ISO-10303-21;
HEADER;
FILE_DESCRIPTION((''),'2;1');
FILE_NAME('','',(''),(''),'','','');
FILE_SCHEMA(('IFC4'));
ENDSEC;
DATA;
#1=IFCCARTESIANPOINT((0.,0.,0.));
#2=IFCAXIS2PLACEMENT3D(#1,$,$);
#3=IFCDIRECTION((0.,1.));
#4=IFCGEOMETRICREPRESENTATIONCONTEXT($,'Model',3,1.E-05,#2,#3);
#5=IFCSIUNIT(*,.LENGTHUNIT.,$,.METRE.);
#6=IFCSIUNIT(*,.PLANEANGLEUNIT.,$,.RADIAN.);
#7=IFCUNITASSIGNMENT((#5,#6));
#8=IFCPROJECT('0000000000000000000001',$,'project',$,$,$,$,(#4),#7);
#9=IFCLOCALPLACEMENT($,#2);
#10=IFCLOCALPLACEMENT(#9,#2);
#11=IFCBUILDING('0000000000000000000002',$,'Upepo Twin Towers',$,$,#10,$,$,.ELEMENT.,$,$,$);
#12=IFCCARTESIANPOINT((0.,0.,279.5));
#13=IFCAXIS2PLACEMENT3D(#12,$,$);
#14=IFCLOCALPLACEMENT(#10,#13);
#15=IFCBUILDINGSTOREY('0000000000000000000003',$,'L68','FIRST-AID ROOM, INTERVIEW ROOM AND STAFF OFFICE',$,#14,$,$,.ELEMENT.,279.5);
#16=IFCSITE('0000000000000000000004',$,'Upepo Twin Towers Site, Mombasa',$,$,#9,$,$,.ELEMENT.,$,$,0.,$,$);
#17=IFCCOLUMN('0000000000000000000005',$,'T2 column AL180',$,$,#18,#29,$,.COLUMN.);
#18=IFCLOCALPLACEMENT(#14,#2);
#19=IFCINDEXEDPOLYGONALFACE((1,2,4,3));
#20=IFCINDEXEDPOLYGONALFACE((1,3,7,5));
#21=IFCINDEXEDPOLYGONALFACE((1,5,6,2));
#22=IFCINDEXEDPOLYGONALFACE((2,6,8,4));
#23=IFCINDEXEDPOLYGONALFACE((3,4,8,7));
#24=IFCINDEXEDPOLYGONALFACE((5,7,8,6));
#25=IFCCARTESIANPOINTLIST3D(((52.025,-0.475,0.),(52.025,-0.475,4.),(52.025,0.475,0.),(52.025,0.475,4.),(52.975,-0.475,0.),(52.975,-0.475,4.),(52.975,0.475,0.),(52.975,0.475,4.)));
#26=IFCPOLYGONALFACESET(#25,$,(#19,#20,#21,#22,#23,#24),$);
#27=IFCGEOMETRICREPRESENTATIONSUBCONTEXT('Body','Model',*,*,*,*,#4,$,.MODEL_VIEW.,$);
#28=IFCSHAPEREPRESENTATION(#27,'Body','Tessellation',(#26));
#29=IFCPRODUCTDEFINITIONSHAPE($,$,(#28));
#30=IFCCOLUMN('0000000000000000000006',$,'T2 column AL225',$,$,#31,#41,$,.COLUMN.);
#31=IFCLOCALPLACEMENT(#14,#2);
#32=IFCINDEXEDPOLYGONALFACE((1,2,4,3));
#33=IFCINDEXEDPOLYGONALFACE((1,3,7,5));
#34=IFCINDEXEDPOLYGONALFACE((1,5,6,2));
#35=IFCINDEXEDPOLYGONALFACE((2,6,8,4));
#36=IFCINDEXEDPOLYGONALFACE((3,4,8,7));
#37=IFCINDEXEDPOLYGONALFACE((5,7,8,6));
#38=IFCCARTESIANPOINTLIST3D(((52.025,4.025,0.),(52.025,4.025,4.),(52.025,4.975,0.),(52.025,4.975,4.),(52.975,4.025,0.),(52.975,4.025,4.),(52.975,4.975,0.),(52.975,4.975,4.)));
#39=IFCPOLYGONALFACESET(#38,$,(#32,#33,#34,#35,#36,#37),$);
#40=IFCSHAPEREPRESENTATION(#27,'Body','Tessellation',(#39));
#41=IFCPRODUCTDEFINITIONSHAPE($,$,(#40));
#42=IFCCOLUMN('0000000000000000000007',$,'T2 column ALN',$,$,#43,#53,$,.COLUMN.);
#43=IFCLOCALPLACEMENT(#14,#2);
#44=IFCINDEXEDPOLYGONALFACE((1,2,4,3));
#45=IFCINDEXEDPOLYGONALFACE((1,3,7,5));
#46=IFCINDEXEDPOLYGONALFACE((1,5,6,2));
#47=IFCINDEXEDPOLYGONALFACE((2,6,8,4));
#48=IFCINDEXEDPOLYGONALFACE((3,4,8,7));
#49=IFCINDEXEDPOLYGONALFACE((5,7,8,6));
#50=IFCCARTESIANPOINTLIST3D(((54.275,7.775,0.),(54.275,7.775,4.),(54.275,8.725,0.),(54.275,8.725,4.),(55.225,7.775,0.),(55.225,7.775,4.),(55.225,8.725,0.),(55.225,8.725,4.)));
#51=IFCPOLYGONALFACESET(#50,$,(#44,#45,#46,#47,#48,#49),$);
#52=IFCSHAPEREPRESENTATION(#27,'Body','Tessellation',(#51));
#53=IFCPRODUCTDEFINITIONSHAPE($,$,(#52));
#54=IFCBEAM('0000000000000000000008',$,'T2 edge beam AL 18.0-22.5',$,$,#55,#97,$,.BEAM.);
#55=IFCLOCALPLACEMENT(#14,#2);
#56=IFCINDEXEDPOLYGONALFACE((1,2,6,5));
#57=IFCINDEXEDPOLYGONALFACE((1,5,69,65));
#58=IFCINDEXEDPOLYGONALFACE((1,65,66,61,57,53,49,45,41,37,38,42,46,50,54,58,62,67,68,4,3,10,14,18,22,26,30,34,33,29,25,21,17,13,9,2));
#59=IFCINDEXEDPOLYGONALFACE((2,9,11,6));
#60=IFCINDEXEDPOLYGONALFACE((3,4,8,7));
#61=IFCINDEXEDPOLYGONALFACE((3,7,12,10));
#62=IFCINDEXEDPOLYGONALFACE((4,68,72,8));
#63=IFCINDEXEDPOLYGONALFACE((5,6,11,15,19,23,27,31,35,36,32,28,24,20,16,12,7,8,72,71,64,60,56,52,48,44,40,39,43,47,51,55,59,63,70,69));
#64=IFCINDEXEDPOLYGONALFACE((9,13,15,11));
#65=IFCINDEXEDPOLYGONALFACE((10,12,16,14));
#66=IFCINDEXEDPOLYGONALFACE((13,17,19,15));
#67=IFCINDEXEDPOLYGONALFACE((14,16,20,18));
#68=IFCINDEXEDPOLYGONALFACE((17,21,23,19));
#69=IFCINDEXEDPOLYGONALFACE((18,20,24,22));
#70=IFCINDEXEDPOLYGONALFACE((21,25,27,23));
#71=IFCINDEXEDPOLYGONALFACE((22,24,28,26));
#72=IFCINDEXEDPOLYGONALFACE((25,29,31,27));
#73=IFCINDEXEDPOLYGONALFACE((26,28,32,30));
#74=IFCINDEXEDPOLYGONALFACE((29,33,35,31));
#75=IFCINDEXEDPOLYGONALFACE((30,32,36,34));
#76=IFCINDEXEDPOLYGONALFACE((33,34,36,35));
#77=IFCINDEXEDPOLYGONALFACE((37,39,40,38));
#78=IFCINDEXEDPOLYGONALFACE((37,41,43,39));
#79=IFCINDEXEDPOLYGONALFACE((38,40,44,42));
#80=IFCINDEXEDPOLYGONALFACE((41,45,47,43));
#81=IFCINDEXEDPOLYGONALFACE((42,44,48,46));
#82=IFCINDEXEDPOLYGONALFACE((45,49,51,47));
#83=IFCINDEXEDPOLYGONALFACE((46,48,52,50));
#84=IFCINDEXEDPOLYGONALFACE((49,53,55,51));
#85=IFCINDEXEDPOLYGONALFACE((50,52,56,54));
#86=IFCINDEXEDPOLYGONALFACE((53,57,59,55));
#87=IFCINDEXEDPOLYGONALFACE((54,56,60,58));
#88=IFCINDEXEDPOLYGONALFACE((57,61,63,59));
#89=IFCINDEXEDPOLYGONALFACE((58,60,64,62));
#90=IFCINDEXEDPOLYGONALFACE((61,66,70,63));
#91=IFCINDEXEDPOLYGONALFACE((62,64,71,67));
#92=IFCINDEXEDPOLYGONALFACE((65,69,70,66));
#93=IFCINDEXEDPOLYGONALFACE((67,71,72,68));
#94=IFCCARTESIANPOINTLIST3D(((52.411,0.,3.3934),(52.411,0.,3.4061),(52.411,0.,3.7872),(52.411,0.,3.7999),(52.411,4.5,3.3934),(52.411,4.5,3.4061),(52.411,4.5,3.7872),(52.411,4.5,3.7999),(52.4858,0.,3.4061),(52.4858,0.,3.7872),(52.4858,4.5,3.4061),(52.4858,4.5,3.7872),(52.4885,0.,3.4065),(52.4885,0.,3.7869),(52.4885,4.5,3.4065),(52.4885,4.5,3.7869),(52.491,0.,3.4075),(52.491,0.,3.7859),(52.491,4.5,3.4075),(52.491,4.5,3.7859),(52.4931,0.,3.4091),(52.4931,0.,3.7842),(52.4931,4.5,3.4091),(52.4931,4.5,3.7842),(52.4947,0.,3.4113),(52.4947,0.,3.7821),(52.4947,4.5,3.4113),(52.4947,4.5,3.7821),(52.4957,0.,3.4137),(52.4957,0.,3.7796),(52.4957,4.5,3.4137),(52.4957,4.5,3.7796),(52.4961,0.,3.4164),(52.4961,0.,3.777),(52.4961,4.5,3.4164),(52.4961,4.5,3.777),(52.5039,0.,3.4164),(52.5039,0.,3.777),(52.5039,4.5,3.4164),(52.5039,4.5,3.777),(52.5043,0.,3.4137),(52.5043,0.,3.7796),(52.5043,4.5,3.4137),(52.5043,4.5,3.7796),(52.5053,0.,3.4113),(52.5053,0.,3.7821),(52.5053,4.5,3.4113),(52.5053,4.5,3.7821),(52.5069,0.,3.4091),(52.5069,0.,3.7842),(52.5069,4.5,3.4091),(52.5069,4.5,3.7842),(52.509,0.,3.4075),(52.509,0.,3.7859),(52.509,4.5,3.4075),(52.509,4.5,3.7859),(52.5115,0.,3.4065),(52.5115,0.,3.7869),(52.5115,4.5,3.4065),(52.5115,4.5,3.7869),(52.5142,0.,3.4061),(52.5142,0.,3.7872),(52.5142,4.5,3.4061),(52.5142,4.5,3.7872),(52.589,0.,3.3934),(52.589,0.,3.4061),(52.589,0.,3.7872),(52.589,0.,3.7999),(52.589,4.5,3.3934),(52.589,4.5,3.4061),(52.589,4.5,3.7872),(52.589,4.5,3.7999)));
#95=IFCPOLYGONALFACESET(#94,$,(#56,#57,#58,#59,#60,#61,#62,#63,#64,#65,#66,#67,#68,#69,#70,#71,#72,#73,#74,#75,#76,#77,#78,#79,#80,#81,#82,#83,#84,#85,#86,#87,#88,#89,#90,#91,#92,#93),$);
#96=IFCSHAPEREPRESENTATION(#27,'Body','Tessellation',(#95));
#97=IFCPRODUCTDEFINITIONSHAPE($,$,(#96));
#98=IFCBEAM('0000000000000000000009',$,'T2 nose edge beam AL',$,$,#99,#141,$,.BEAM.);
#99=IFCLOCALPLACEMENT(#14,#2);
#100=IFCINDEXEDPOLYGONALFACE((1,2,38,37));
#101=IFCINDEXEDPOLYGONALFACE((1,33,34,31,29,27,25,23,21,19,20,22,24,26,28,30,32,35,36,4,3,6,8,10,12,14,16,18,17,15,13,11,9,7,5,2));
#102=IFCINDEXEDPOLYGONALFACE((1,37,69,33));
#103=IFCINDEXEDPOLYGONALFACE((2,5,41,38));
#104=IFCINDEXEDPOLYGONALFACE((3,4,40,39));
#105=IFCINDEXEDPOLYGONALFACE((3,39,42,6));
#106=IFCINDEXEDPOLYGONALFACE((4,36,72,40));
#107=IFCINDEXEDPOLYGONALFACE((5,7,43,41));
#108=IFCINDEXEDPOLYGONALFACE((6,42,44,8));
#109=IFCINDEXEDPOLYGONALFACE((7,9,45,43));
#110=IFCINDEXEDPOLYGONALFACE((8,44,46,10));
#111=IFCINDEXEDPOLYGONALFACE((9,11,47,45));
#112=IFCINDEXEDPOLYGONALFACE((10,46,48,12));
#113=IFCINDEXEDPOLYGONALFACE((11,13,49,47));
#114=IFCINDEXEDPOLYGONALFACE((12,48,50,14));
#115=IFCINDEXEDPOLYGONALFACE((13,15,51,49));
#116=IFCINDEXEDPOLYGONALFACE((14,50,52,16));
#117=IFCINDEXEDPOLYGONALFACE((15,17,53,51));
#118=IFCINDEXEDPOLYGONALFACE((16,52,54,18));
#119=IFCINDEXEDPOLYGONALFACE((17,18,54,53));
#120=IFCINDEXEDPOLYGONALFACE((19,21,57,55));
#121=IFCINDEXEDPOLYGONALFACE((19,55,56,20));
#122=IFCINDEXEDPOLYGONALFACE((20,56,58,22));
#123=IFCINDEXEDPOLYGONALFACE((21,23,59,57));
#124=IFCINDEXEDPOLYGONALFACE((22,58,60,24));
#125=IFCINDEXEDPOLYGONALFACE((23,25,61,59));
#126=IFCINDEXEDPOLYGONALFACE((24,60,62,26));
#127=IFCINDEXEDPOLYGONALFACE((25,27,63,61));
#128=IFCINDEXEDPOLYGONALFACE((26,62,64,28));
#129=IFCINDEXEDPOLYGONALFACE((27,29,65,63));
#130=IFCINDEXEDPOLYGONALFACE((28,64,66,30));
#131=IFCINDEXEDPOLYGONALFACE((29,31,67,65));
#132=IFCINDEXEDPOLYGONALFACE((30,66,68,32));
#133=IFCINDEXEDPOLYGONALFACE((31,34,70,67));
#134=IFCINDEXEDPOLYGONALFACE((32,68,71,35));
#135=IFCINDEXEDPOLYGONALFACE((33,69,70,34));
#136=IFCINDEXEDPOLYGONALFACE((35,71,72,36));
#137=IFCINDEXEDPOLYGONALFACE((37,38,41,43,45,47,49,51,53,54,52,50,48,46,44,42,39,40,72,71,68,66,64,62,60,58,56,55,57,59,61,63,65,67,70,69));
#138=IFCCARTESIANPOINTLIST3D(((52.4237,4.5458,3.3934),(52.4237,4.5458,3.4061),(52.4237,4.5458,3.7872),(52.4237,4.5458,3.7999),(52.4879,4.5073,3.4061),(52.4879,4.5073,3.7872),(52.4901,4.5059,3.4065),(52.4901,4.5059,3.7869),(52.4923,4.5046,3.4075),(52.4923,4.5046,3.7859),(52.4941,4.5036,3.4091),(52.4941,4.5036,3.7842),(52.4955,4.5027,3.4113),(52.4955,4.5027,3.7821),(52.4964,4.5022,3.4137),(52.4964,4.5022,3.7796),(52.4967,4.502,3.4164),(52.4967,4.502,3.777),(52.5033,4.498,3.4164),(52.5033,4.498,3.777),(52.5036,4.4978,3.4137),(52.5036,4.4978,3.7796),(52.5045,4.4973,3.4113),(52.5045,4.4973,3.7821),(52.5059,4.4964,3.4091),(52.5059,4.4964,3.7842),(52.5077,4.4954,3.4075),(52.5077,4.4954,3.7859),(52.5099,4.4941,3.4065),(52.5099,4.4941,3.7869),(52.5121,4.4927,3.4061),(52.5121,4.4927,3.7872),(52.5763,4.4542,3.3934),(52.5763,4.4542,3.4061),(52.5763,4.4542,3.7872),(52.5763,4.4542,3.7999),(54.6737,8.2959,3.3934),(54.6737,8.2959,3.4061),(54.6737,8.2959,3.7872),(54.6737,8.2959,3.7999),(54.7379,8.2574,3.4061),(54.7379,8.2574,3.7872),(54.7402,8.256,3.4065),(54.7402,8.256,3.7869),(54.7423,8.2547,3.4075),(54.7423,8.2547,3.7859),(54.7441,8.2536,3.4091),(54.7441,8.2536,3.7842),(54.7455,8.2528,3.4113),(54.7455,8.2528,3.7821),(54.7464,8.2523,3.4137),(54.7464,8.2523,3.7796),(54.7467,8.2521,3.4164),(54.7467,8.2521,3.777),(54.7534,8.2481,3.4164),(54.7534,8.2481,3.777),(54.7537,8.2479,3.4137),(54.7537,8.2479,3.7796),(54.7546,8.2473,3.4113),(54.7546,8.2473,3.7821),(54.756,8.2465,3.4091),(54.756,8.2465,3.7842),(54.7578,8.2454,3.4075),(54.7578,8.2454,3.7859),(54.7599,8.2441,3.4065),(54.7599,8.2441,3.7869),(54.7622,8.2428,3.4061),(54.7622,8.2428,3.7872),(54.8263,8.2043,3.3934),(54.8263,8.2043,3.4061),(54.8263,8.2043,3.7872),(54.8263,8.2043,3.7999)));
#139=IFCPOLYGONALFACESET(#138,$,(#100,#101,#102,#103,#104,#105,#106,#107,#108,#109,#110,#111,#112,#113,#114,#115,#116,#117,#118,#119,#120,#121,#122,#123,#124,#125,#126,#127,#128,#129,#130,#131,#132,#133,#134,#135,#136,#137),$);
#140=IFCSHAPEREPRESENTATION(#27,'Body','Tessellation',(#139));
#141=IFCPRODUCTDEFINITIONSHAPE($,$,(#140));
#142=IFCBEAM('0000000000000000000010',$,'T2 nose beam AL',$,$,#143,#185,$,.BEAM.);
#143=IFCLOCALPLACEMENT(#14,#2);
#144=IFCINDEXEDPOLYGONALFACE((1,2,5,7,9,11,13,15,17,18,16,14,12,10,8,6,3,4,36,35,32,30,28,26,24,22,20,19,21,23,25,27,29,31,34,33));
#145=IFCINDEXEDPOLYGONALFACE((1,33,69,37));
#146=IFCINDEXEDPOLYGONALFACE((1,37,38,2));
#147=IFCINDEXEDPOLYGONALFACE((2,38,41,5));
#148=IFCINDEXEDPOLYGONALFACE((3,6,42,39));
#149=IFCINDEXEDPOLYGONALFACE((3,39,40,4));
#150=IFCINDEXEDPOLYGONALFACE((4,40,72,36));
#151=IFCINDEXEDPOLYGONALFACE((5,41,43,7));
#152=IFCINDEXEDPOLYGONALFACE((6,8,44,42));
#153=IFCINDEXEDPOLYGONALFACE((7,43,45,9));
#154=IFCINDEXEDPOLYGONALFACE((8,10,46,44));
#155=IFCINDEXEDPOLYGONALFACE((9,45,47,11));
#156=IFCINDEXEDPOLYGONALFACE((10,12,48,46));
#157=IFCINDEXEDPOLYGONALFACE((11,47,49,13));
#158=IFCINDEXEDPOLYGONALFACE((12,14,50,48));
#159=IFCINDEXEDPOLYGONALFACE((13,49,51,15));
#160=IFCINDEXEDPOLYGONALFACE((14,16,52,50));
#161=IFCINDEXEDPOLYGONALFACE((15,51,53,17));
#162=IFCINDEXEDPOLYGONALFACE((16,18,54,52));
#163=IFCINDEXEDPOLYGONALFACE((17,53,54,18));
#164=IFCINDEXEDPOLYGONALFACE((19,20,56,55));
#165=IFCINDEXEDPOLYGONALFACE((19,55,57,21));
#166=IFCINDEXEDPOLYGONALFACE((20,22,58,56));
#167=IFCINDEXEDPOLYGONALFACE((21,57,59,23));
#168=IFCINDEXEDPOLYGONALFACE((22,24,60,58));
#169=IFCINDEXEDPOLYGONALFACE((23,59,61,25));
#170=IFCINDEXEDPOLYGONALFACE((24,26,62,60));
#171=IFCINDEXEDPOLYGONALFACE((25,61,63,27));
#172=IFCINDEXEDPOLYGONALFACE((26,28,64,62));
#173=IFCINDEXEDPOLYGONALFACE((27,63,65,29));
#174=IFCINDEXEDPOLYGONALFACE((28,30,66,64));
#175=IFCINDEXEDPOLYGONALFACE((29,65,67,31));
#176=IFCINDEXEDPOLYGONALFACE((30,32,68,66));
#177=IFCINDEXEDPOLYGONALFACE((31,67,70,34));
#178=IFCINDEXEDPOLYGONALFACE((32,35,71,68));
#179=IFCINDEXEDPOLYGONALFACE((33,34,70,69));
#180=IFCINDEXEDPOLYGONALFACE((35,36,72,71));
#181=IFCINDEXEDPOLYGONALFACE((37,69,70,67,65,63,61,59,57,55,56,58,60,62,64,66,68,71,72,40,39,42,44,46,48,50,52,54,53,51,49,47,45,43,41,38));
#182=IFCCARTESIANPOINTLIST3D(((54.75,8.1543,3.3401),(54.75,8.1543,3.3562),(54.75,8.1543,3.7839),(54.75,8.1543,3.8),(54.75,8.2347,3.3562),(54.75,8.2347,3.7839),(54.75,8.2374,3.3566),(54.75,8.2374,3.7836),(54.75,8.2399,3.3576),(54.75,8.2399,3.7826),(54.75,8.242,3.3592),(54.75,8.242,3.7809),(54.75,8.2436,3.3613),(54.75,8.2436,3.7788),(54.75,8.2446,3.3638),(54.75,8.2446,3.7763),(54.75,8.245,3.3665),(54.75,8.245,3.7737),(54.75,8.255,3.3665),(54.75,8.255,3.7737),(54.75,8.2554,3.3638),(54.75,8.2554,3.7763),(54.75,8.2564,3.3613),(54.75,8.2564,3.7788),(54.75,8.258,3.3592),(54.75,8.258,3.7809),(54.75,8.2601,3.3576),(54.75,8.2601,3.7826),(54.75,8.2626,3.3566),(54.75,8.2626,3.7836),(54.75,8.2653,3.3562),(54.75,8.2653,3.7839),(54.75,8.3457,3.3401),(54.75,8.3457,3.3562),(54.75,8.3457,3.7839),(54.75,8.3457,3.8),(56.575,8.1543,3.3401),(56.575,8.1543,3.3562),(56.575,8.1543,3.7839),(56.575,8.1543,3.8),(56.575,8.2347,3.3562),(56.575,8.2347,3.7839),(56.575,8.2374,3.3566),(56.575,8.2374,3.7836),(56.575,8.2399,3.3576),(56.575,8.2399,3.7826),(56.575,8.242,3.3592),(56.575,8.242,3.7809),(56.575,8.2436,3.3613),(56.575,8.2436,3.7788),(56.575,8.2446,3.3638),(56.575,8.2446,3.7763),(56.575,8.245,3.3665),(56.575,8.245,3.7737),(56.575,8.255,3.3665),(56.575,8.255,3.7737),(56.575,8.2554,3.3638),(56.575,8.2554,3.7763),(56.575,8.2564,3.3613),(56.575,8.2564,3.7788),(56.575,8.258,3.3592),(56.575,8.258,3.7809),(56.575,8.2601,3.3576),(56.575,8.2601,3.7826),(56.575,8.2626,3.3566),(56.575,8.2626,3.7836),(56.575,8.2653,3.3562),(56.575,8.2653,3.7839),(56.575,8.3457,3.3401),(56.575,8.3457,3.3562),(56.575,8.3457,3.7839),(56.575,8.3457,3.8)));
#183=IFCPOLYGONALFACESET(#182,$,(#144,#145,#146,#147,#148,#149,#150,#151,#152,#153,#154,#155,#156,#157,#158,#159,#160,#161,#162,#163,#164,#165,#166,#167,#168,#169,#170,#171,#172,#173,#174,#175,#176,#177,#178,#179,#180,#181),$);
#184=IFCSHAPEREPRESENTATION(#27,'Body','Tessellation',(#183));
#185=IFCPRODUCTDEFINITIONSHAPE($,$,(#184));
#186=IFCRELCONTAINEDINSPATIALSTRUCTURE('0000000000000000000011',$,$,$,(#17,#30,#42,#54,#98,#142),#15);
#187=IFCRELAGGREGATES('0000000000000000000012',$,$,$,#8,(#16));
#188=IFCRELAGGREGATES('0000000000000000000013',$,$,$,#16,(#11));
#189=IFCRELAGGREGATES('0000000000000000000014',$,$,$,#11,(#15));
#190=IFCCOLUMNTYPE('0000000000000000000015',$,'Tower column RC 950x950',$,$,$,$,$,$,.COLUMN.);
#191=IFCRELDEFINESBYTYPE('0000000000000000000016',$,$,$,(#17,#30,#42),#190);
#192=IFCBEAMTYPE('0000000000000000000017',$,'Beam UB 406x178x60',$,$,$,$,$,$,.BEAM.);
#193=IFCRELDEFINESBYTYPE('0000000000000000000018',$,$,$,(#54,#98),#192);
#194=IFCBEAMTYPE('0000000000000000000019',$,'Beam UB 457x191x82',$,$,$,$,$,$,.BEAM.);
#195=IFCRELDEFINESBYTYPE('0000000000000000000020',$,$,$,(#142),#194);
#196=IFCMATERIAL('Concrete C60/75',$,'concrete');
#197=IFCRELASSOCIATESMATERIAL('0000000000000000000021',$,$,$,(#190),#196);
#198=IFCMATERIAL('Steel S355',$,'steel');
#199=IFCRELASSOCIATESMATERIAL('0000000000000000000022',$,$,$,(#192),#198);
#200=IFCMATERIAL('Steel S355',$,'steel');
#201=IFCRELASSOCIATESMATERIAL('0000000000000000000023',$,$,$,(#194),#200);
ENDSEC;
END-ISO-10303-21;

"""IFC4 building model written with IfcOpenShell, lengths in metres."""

from ifc_helpers import new_model, si_unit, direction, frame, origin, origin_2d, place, context, subcontext, project, spatial, rectangle, i_section, extrude, material, material_profile, profile_set, type_object, element, save


model = new_model("IFC4")

# Units and contexts
model_context = context("Model", 3, precision=1e-05, world=origin(), true_north=direction((0.0, 1.0)))
body_context = subcontext(model_context, "Body", "Model", "MODEL_VIEW")
ifc_project = project(units=[si_unit("LENGTHUNIT", "METRE"), si_unit("PLANEANGLEUNIT", "RADIAN")], contexts=[model_context])

# Site, building, storey
site_placement = place(None, origin())
site = spatial("IfcSite", under=ifc_project, at=site_placement, Name="Upepo Twin Towers Site, Mombasa", CompositionType="ELEMENT", RefElevation=0.0)
building_placement = place(site_placement, origin())
building = spatial("IfcBuilding", under=site, at=building_placement, Name="Upepo Twin Towers", CompositionType="ELEMENT")
storey_placement = place(building_placement, frame((0.0, 0.0, 279.5)))
storey = spatial("IfcBuildingStorey", under=building, at=storey_placement, Name="L68", Description="FIRST-AID ROOM, INTERVIEW ROOM AND STAFF OFFICE", CompositionType="ELEMENT", Elevation=279.5)

# Columns
ifc_material_1 = material(Name="Concrete C60/75", Category="concrete")
ifc_material_profile_1 = material_profile(ifc_material_1, rectangle(XDim=0.95, YDim=0.95, at=origin_2d()), Name="RC 950x950")
ifc_profile_set_1 = profile_set([ifc_material_profile_1], Name="Concrete C60/75")
column_type = type_object("IfcColumnType", Name="Tower column RC 950x950", PredefinedType="COLUMN", material=ifc_profile_set_1)
for number, where, z_axis, x_axis, name in (
    (1, (52.5, 0.0, 0.0), (0.0, 0.0, 1.0), (1.0, 0.0, 0.0), "T2 column AL180"),
    (2, (52.5, 4.5, 0.0), (0.0, 0.0, 1.0), (1.0, 0.0, 0.0), "T2 column AL225"),
    (3, (54.75, 8.25, 0.0), (0.0, 0.0, 1.0), (1.0, 0.0, 0.0), "T2 column ALN"),
):
    element("IfcColumn", number, at=place(storey_placement, frame(where, z_axis=z_axis, x_axis=x_axis)), inside=storey, type_object=column_type, Name=name, PredefinedType="COLUMN", context=body_context, shape_type="SweptSolid", body=[
        extrude(rectangle(XDim=0.95, YDim=0.95, at=origin_2d()), origin(), (0.0, 0.0, 1.0), 4.0),
    ])

# Beams
ifc_material_2 = material(Name="Steel S355", Category="steel")
ifc_material_profile_2 = material_profile(ifc_material_2, i_section(OverallWidth=0.178, OverallDepth=0.4065, WebThickness=0.0078, FlangeThickness=0.0127, FilletRadius=0.0103, at=origin_2d()), Name="UB 406x178x60")
ifc_profile_set_2 = profile_set([ifc_material_profile_2], Name="Steel S355")
beam_type_1 = type_object("IfcBeamType", Name="Beam UB 406x178x60", PredefinedType="BEAM", material=ifc_profile_set_2)
beam_1_placement = place(storey_placement, frame((52.5, 0.0, 3.5967), z_axis=(0.0, 1.0, 0.0), x_axis=(-1.0, 0.0, 0.0)))
element("IfcBeam", 4, at=beam_1_placement, inside=storey, type_object=beam_type_1, Name="T2 edge beam AL 18.0-22.5", PredefinedType="BEAM", context=body_context, shape_type="SweptSolid", body=[
    extrude(i_section(OverallWidth=0.178, OverallDepth=0.4065, WebThickness=0.0078, FlangeThickness=0.0127, FilletRadius=0.0103, at=origin_2d()), origin(), (0.0, 0.0, 1.0), 4.5),
])
beam_2_placement = place(storey_placement, frame((52.5, 4.5, 3.5967), z_axis=(0.514496, 0.857493, 0.0), x_axis=(-0.857493, 0.514496, 0.0)))
element("IfcBeam", 5, at=beam_2_placement, inside=storey, type_object=beam_type_1, Name="T2 nose edge beam AL", PredefinedType="BEAM", context=body_context, shape_type="SweptSolid", body=[
    extrude(i_section(OverallWidth=0.178, OverallDepth=0.4065, WebThickness=0.0078, FlangeThickness=0.0127, FilletRadius=0.0103, at=origin_2d()), origin(), (0.0, 0.0, 1.0), 4.3733),
])
ifc_material_3 = material(Name="Steel S355", Category="steel")
ifc_material_profile_3 = material_profile(ifc_material_3, i_section(OverallWidth=0.1914, OverallDepth=0.46, WebThickness=0.01, FlangeThickness=0.0161, FilletRadius=0.0103, at=origin_2d()), Name="UB 457x191x82")
ifc_profile_set_3 = profile_set([ifc_material_profile_3], Name="Steel S355")
beam_type_2 = type_object("IfcBeamType", Name="Beam UB 457x191x82", PredefinedType="BEAM", material=ifc_profile_set_3)
beam_3_placement = place(storey_placement, frame((54.75, 8.25, 3.5701), z_axis=(1.0, 0.0, 0.0), x_axis=(0.0, 1.0, 0.0)))
element("IfcBeam", 6, at=beam_3_placement, inside=storey, type_object=beam_type_2, Name="T2 nose beam AL", PredefinedType="BEAM", context=body_context, shape_type="SweptSolid", body=[
    extrude(i_section(OverallWidth=0.1914, OverallDepth=0.46, WebThickness=0.01, FlangeThickness=0.0161, FilletRadius=0.0103, at=origin_2d()), origin(), (0.0, 0.0, 1.0), 1.825),
])

save(model, "model.ifc")
